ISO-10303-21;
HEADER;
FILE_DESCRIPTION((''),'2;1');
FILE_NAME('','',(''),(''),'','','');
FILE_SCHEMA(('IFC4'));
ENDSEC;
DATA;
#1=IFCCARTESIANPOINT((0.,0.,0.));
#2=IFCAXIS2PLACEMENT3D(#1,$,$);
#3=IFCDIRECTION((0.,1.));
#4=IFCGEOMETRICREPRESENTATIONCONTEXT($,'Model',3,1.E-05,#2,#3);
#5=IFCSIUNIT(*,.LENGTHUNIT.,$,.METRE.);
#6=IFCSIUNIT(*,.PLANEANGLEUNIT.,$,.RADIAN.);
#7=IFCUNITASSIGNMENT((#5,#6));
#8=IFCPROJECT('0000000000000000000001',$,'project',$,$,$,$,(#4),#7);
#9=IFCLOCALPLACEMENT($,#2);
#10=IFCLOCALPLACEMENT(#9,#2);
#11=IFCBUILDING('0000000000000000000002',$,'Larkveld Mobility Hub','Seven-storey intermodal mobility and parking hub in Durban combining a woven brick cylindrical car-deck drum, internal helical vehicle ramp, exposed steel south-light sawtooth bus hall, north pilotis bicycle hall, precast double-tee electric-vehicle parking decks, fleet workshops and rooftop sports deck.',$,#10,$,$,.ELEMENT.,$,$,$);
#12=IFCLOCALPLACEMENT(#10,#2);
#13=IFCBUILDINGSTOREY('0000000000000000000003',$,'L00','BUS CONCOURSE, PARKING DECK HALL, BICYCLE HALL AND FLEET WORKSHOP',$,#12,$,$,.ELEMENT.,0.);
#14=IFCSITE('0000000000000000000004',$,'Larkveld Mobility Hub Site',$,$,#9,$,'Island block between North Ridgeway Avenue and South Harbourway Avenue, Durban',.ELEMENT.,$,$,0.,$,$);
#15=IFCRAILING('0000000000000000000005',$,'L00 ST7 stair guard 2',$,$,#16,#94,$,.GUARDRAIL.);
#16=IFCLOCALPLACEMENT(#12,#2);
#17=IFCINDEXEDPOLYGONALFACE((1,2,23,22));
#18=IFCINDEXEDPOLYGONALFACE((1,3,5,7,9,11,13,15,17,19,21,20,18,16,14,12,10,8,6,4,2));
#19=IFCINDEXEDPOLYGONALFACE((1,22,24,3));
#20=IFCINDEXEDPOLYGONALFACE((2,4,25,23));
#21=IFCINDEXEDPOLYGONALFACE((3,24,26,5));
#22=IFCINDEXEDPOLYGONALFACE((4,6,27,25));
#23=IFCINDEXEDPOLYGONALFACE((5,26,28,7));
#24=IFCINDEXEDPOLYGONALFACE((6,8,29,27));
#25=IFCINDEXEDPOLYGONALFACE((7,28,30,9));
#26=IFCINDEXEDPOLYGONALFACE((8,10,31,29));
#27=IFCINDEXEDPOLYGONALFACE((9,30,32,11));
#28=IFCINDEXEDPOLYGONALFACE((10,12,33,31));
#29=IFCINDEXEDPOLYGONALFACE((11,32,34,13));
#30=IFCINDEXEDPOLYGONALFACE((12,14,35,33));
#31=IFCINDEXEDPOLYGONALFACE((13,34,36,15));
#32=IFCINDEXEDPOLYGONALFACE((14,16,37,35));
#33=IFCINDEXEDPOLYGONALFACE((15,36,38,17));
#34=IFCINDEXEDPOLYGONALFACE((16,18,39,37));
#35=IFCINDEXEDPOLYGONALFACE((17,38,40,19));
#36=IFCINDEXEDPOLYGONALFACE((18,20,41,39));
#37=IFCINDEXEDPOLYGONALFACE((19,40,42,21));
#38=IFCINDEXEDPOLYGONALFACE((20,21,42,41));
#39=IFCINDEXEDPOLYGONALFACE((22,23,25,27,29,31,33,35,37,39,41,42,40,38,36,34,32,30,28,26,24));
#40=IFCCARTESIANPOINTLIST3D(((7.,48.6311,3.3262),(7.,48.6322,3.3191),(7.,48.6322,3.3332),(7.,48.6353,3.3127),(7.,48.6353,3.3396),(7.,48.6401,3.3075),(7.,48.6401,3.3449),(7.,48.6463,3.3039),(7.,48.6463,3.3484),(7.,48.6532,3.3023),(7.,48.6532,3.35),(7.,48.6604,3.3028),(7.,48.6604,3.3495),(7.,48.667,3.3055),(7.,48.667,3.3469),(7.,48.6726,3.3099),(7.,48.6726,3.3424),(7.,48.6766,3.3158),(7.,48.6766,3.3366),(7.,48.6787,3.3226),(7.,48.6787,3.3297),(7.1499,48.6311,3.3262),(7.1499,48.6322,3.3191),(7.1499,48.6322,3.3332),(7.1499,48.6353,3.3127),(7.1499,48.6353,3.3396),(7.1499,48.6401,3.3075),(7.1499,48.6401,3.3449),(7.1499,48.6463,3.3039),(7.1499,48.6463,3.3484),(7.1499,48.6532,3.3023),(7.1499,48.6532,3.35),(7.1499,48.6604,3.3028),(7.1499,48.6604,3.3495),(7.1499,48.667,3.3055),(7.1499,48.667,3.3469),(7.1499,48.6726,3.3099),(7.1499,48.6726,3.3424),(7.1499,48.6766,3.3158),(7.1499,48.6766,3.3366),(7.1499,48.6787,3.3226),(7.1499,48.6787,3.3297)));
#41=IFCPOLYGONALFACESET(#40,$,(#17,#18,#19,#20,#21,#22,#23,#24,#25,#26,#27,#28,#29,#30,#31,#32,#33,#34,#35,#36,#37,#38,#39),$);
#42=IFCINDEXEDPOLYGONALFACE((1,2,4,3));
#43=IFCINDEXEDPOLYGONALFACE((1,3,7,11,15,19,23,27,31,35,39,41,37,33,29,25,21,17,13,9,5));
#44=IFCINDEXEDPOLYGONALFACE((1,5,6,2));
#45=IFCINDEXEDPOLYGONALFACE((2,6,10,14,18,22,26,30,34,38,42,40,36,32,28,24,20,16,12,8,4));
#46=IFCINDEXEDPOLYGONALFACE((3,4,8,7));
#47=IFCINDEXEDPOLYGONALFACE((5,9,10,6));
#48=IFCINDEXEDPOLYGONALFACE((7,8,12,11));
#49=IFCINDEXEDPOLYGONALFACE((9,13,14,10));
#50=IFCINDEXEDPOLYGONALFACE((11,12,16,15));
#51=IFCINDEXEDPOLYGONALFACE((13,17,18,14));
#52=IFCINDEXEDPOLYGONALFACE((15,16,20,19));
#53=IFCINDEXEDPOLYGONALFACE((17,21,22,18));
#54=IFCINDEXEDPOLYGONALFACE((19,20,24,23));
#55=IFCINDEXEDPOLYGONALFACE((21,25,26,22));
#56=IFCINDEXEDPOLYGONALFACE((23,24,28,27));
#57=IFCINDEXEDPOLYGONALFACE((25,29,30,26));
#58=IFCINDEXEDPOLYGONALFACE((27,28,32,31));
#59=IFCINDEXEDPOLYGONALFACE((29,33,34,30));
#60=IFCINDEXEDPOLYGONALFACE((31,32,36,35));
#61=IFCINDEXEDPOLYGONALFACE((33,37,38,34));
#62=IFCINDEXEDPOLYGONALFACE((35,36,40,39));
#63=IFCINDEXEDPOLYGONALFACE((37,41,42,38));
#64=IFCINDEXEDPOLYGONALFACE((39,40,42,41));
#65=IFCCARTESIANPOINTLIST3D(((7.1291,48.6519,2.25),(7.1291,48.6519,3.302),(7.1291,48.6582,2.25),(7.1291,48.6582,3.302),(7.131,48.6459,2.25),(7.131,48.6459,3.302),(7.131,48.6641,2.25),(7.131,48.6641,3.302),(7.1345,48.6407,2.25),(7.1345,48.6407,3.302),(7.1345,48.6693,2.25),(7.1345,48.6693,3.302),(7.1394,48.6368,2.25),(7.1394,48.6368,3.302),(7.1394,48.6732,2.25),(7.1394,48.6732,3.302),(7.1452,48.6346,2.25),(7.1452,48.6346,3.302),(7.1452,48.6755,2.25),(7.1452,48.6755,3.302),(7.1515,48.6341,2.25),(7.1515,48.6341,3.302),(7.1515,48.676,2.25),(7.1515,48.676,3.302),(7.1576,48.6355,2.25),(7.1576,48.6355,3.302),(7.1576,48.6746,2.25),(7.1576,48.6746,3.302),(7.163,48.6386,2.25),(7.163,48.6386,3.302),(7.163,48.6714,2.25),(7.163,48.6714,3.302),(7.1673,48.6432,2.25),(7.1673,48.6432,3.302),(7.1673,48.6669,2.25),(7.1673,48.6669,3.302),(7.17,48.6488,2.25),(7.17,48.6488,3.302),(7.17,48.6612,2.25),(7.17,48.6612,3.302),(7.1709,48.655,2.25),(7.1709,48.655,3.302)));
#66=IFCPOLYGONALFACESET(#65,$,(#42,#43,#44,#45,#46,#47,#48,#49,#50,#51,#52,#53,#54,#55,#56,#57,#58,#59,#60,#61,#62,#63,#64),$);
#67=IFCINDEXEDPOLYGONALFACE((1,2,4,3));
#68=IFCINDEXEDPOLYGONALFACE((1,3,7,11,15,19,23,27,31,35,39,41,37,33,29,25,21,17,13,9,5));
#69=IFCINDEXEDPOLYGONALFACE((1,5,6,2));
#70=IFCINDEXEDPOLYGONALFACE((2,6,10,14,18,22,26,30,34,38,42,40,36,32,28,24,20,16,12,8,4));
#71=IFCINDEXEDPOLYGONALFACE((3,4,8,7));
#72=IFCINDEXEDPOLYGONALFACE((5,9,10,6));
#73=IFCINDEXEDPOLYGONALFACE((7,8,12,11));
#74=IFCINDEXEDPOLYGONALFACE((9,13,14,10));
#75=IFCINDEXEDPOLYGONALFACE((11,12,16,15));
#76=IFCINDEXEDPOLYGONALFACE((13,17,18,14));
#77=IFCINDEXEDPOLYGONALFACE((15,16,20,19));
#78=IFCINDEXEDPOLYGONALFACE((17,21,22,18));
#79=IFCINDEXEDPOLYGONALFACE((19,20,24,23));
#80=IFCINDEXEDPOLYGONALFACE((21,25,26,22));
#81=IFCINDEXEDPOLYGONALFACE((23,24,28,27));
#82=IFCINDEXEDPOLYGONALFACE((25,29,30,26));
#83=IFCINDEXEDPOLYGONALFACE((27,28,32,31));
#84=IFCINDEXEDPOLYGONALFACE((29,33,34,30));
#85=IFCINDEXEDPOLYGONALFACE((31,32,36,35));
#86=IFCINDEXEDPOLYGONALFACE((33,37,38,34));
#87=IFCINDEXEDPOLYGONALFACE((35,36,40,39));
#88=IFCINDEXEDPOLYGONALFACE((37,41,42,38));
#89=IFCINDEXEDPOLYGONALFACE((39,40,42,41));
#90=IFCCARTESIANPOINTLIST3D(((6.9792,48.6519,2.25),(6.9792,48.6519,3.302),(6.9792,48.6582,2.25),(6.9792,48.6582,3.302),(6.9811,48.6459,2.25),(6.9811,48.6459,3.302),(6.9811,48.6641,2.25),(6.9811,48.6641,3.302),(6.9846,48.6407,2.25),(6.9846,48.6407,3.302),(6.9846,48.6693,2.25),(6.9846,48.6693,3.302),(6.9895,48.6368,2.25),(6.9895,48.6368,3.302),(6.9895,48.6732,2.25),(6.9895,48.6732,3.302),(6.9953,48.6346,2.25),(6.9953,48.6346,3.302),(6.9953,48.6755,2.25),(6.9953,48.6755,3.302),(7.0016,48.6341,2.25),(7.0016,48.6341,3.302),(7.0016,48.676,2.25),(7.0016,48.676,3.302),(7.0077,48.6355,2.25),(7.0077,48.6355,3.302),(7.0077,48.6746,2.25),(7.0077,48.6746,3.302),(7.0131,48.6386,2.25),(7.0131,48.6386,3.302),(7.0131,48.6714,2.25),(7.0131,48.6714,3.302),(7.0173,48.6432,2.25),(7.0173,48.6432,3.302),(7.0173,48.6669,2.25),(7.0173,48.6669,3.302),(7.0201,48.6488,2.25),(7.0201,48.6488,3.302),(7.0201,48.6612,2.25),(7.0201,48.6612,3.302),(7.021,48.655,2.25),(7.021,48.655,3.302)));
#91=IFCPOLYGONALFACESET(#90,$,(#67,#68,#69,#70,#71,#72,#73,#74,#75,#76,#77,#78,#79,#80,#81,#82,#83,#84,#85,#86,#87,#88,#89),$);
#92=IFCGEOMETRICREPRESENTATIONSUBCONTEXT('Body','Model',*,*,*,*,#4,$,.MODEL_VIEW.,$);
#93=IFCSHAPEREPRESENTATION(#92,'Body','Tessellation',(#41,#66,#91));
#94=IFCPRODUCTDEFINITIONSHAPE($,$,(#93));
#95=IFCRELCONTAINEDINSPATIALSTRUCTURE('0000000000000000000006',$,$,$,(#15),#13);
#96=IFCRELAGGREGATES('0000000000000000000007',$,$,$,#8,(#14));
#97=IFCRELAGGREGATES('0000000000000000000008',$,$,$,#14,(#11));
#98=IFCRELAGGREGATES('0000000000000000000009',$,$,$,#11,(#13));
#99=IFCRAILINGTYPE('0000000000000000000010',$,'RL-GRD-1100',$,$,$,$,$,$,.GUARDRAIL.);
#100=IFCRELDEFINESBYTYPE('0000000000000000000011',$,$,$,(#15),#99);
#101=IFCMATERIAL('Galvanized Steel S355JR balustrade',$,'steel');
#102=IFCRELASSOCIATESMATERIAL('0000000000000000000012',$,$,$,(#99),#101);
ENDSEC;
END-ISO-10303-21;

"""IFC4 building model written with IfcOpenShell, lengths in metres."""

from ifc_helpers import new_model, si_unit, direction, frame, origin, origin_2d, place, context, subcontext, project, spatial, circle, extrude, material, type_object, element, save


model = new_model("IFC4")

# Units and contexts
model_context = context("Model", 3, precision=1e-05, world=origin(), true_north=direction((0.0, 1.0)))
body_context = subcontext(model_context, "Body", "Model", "MODEL_VIEW")
ifc_project = project(units=[si_unit("LENGTHUNIT", "METRE"), si_unit("PLANEANGLEUNIT", "RADIAN")], contexts=[model_context])

# Site, building, storey
site_placement = place(None, origin())
site = spatial("IfcSite", under=ifc_project, at=site_placement, Name="Larkveld Mobility Hub Site", LongName="Island block between North Ridgeway Avenue and South Harbourway Avenue, Durban", CompositionType="ELEMENT", RefElevation=0.0)
building_placement = place(site_placement, origin())
building = spatial("IfcBuilding", under=site, at=building_placement, Name="Larkveld Mobility Hub", Description="Seven-storey intermodal mobility and parking hub in Durban combining a woven brick cylindrical car-deck drum, internal helical vehicle ramp, exposed steel south-light sawtooth bus hall, north pilotis bicycle hall, precast double-tee electric-vehicle parking decks, fleet workshops and rooftop sports deck.", CompositionType="ELEMENT")
storey_placement = place(building_placement, origin())
storey = spatial("IfcBuildingStorey", under=building, at=storey_placement, Name="L00", Description="BUS CONCOURSE, PARKING DECK HALL, BICYCLE HALL AND FLEET WORKSHOP", CompositionType="ELEMENT", Elevation=0.0)

# Railing
ifc_material_1 = material(Name="Galvanized Steel S355JR balustrade", Category="steel")
railing_type_1 = type_object("IfcRailingType", Name="RL-GRD-1100", PredefinedType="GUARDRAIL", material=ifc_material_1)
railing_1_placement = place(storey_placement, frame((7.1499, 48.655, 2.25)))
element("IfcRailing", 1, at=railing_1_placement, inside=storey, type_object=railing_type_1, Name="L00 ST7 stair guard 2", PredefinedType="GUARDRAIL", context=body_context, shape_type="SweptSolid", body=[
    extrude(circle(Radius=0.0239, at=origin_2d()), frame((0.0, 0.0, 1.0762), z_axis=(-1.0, 0.0, 0.0), x_axis=(0.0, -1.0, 0.0)), (0.0, 0.0, 1.0), 0.1499),
    extrude(circle(Radius=0.021, at=origin_2d()), origin(), (0.0, 0.0, 1.0), 1.052),
    extrude(circle(Radius=0.021, at=origin_2d()), frame((-0.1499, 0.0, 0.0)), (0.0, 0.0, 1.0), 1.052),
])

save(model, "model.ifc")
